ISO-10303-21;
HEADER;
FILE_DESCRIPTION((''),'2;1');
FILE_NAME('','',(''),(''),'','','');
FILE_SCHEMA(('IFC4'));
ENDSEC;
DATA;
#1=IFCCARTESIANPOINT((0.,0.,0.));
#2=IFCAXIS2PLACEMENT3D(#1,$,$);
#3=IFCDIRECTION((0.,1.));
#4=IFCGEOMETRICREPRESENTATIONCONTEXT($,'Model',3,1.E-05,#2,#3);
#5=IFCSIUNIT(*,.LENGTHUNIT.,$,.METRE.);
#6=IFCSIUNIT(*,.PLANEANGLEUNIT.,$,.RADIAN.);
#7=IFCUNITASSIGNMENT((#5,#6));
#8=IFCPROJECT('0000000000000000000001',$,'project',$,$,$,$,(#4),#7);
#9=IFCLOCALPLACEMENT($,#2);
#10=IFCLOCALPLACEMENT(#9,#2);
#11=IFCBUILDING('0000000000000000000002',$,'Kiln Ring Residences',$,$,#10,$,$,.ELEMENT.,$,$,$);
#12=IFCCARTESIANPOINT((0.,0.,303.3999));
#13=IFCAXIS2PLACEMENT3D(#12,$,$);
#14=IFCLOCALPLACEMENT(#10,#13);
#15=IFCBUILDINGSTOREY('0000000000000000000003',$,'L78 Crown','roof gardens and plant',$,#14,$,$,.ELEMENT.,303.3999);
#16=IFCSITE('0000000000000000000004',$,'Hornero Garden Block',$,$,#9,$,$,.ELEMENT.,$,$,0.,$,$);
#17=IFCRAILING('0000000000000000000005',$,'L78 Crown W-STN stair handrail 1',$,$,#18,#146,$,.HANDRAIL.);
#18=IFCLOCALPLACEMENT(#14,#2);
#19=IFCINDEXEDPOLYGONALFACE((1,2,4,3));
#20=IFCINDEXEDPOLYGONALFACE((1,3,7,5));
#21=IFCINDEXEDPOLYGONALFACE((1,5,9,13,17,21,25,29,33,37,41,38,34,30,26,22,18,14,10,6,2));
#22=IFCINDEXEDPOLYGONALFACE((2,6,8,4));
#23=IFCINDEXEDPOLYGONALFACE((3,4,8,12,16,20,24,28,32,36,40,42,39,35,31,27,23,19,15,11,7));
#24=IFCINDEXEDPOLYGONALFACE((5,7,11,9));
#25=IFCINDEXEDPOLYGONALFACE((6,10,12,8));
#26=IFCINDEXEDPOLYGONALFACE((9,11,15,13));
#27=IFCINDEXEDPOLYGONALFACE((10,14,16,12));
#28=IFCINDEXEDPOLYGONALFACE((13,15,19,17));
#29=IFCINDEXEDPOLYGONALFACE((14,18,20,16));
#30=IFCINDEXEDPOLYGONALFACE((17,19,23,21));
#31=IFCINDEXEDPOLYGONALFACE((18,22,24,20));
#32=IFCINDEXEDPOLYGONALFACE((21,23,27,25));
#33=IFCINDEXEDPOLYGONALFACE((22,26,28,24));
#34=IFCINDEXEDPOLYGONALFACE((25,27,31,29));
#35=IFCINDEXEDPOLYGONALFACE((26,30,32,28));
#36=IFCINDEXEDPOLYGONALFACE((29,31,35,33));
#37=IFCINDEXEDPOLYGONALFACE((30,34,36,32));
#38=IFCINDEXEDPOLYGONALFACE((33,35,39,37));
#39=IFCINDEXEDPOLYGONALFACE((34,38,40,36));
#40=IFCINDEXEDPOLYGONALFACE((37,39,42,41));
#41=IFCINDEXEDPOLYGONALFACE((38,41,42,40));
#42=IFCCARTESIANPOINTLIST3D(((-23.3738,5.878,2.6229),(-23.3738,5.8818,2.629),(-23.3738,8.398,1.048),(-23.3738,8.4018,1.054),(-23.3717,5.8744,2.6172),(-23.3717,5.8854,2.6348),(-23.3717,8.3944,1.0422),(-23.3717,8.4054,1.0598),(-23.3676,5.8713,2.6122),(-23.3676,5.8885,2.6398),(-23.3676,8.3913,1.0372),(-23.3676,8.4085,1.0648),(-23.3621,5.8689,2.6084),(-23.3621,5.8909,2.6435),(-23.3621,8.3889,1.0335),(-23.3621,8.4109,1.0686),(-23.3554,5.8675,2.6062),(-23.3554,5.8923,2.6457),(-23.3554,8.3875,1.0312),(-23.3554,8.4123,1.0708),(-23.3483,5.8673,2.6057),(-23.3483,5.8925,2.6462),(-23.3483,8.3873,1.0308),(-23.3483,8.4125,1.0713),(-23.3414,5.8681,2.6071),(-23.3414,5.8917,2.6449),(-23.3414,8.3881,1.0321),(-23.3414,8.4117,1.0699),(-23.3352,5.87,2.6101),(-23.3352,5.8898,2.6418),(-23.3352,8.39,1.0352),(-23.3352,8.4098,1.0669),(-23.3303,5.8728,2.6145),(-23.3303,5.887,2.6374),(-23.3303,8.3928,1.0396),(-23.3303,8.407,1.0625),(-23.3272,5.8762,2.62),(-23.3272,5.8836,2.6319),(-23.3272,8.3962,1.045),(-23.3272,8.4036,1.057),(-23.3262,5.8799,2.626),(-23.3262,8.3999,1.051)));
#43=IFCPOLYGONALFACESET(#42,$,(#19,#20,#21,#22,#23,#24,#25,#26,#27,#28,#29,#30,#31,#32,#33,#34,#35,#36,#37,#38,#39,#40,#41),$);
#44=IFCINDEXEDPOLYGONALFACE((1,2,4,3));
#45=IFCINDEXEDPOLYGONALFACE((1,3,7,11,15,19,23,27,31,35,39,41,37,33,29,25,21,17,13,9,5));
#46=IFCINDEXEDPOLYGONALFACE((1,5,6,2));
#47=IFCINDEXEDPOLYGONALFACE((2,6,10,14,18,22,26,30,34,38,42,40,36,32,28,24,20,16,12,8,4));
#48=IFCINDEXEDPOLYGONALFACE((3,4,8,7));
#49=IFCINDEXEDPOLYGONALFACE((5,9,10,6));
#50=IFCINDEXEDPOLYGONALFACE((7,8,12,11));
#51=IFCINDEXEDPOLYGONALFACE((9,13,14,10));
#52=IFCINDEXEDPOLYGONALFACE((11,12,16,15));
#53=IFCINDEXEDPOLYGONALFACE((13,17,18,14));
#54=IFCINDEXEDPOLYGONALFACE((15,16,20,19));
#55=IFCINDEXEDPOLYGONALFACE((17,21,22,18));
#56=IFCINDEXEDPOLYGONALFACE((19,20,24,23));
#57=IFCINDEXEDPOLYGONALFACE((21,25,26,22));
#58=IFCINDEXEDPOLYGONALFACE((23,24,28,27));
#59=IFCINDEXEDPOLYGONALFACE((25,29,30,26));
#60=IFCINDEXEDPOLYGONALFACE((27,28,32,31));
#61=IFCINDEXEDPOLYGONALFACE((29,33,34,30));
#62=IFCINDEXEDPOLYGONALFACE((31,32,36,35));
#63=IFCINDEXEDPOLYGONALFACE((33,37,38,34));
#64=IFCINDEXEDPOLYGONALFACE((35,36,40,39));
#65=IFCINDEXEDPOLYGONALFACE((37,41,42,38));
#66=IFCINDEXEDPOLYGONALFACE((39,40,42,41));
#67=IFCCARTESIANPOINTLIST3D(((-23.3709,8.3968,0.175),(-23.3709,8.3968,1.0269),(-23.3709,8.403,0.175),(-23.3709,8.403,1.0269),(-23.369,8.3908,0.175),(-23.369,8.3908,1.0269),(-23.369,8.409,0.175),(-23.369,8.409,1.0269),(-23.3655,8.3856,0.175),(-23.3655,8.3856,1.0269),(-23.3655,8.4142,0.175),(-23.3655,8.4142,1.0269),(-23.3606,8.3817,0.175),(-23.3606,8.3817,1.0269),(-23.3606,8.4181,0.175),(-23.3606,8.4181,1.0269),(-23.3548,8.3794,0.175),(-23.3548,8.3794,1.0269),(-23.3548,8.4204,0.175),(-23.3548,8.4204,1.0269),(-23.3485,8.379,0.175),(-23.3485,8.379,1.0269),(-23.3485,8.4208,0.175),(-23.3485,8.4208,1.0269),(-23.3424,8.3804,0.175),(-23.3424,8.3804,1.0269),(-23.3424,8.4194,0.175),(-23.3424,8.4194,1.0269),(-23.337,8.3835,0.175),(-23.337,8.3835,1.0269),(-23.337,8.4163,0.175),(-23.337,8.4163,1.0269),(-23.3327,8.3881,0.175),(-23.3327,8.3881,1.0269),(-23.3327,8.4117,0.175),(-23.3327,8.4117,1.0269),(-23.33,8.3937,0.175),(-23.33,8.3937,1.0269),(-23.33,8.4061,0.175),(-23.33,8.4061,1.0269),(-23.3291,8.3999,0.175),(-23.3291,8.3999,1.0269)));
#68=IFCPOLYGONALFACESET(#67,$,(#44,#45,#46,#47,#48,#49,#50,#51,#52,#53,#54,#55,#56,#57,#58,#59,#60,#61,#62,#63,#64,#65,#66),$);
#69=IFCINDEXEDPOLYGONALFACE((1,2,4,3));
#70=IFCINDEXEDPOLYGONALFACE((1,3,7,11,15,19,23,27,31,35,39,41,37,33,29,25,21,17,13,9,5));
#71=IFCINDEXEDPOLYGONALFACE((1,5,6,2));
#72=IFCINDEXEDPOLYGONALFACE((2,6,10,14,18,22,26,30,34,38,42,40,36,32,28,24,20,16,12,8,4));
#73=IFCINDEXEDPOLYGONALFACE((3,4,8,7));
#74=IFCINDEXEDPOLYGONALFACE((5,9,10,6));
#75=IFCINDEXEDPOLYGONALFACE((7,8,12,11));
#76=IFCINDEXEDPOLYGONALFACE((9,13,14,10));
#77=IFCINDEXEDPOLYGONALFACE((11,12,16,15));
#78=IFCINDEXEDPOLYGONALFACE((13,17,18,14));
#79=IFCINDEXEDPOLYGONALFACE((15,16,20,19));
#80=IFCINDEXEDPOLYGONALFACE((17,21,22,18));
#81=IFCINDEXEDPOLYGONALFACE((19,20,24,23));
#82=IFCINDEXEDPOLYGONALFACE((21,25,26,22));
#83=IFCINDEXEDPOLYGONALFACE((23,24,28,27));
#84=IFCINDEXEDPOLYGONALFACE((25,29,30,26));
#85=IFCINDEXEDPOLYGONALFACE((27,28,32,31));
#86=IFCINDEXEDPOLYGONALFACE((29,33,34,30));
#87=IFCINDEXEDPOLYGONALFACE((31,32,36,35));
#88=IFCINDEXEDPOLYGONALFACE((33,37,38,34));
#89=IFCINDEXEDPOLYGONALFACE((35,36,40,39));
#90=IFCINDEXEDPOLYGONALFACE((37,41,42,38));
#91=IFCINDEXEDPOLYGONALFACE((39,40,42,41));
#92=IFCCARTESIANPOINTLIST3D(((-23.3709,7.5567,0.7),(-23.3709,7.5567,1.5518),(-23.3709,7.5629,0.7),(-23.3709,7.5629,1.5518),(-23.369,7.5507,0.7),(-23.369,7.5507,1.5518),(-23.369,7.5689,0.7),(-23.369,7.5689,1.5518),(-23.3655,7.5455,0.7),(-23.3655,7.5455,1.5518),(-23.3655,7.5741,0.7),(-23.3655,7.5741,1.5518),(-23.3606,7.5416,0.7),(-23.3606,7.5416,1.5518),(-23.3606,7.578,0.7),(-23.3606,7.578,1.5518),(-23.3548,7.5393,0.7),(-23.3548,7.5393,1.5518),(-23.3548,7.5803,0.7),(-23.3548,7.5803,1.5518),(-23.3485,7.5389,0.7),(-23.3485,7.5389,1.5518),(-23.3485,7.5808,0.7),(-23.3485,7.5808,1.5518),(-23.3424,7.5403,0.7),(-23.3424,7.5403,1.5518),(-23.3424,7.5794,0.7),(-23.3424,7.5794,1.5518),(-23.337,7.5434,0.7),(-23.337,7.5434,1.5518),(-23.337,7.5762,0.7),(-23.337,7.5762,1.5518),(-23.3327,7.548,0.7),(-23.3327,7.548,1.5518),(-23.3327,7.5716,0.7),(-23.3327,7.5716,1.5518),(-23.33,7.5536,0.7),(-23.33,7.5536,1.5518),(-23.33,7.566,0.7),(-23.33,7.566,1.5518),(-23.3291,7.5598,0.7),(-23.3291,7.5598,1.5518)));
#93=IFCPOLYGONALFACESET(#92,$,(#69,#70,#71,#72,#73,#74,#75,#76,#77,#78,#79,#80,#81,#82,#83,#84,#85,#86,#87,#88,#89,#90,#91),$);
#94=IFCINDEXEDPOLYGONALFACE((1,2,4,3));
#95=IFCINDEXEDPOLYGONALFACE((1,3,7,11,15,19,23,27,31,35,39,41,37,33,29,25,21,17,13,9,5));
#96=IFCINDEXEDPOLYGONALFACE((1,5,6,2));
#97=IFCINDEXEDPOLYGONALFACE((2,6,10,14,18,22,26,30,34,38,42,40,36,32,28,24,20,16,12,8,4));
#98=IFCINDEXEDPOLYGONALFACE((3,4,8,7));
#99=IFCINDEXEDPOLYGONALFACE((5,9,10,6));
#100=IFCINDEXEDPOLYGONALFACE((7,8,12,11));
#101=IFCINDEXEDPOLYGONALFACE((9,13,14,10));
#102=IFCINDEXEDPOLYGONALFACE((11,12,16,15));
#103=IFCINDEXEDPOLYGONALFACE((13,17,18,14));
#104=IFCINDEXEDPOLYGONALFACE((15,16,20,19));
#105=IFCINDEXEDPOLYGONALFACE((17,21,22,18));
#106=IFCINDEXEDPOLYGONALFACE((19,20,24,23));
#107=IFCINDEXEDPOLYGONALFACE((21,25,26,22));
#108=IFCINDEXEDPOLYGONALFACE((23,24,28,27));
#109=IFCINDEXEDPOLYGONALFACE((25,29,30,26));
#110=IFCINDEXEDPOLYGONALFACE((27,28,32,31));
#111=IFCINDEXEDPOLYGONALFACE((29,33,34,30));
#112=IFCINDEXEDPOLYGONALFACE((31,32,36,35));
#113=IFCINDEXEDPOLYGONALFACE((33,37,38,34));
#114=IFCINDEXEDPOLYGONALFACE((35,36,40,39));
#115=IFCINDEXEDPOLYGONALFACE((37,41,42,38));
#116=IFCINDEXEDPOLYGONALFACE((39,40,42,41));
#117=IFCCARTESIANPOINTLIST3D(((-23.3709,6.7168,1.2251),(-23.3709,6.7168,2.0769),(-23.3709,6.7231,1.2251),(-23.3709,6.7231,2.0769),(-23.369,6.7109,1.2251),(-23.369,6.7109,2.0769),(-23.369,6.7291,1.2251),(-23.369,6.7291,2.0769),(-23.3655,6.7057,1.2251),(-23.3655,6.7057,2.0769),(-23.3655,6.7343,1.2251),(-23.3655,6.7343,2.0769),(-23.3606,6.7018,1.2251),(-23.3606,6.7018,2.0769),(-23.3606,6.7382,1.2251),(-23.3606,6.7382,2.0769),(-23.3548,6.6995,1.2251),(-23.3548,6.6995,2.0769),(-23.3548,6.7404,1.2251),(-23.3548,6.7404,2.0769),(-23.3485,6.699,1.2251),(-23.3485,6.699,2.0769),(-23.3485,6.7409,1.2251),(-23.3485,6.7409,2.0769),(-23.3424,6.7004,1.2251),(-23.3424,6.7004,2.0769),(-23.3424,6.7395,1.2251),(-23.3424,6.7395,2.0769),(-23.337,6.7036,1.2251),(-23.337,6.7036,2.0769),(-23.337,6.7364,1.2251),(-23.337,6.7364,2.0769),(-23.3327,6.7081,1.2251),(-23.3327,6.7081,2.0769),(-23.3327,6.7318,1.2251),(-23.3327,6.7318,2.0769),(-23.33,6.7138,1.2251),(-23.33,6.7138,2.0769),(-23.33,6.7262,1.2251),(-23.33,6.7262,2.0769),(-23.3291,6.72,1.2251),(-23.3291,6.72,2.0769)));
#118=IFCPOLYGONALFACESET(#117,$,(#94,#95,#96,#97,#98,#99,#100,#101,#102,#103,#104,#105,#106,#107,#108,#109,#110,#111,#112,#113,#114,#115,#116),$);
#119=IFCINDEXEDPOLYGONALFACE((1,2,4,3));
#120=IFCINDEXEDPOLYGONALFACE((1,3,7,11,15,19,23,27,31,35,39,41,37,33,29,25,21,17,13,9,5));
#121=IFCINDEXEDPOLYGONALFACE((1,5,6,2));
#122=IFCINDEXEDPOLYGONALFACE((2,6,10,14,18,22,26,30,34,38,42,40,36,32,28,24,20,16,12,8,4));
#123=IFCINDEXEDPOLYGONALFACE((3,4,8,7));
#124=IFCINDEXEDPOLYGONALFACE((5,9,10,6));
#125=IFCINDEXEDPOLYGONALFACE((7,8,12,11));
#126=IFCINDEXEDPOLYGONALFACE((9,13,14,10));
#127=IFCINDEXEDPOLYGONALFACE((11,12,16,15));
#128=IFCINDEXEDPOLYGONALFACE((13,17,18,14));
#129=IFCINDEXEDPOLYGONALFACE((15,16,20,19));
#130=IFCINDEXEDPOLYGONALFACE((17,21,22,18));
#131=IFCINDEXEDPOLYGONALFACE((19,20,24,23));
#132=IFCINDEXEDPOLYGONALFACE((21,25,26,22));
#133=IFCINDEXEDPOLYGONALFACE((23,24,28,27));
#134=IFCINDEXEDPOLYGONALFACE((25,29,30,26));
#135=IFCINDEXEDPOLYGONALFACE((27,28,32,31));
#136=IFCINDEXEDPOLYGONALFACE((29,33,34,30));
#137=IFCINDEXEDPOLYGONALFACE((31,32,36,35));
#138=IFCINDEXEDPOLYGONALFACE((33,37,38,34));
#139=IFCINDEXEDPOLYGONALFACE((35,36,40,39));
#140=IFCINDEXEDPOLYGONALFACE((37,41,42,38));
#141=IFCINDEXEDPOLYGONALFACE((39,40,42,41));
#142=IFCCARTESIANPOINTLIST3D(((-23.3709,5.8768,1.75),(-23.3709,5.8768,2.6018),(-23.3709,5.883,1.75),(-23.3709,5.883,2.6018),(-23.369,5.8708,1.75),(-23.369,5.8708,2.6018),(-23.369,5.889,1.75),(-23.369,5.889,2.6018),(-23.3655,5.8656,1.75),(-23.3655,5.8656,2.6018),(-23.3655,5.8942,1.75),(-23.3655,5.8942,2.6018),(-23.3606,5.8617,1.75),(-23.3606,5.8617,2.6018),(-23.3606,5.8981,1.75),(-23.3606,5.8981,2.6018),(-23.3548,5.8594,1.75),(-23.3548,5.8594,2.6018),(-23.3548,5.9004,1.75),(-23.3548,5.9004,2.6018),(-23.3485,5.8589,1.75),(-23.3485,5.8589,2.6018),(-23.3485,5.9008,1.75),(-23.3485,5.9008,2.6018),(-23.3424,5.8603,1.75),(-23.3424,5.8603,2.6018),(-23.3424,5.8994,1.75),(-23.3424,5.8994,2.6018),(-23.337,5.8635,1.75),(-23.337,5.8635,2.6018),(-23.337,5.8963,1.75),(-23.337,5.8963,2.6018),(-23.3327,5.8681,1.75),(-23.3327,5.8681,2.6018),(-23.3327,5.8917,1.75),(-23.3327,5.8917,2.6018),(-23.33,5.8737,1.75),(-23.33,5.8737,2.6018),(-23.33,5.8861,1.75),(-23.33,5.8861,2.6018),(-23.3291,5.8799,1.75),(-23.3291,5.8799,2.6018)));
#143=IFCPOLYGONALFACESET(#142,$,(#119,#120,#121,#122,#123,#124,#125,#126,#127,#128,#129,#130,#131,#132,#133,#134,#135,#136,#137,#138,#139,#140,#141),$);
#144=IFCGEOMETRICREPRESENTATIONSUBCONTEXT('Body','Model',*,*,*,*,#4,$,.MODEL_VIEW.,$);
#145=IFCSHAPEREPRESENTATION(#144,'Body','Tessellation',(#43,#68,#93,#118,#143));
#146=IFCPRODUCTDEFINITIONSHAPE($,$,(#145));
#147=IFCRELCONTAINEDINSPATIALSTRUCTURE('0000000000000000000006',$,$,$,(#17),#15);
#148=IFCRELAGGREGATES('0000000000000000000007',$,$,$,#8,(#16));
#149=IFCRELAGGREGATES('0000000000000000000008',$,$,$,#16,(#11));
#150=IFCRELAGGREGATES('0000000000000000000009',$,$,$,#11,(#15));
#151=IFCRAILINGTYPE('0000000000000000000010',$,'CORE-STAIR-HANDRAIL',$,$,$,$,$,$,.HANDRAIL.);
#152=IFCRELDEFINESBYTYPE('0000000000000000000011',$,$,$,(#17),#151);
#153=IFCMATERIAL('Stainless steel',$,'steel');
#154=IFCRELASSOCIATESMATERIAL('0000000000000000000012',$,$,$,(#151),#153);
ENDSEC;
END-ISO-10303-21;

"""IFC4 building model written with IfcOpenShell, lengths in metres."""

from ifc_helpers import new_model, si_unit, direction, frame, origin, origin_2d, place, context, subcontext, project, spatial, circle, extrude, material, type_object, element, save


model = new_model("IFC4")

# Units and contexts
model_context = context("Model", 3, precision=1e-05, world=origin(), true_north=direction((0.0, 1.0)))
body_context = subcontext(model_context, "Body", "Model", "MODEL_VIEW")
ifc_project = project(units=[si_unit("LENGTHUNIT", "METRE"), si_unit("PLANEANGLEUNIT", "RADIAN")], contexts=[model_context])

# Site, building, storey
site_placement = place(None, origin())
site = spatial("IfcSite", under=ifc_project, at=site_placement, Name="Hornero Garden Block", CompositionType="ELEMENT", RefElevation=0.0)
building_placement = place(site_placement, origin())
building = spatial("IfcBuilding", under=site, at=building_placement, Name="Kiln Ring Residences", CompositionType="ELEMENT")
storey_placement = place(building_placement, frame((0.0, 0.0, 303.3999)))
storey = spatial("IfcBuildingStorey", under=building, at=storey_placement, Name="L78 Crown", Description="roof gardens and plant", CompositionType="ELEMENT", Elevation=303.3999)

# Railing
ifc_material_1 = material(Name="Stainless steel", Category="steel")
railing_type_1 = type_object("IfcRailingType", Name="CORE-STAIR-HANDRAIL", PredefinedType="HANDRAIL", material=ifc_material_1)
railing_1_placement = place(storey_placement, frame((-23.3501, 8.3999, 0.175)))
element("IfcRailing", 1, at=railing_1_placement, inside=storey, type_object=railing_type_1, Name="L78 Crown W-STN stair handrail 1", PredefinedType="HANDRAIL", context=body_context, shape_type="SweptSolid", body=[
    extrude(circle(Radius=0.0239, at=origin_2d()), frame((0.0, 0.0, 0.876), z_axis=(0.0, -0.848008, 0.529984), x_axis=(1.0, 0.0, 0.0)), (0.0, 0.0, 1.0), 2.9717),
    extrude(circle(Radius=0.021, at=origin_2d()), origin(), (0.0, 0.0, 1.0), 0.8518),
    extrude(circle(Radius=0.021, at=origin_2d()), frame((0.0, -0.8401, 0.5249)), (0.0, 0.0, 1.0), 0.8518),
    extrude(circle(Radius=0.021, at=origin_2d()), frame((0.0, -1.6799, 1.05)), (0.0, 0.0, 1.0), 0.8518),
    extrude(circle(Radius=0.021, at=origin_2d()), frame((0.0, -2.52, 1.575)), (0.0, 0.0, 1.0), 0.8518),
])

save(model, "model.ifc")
